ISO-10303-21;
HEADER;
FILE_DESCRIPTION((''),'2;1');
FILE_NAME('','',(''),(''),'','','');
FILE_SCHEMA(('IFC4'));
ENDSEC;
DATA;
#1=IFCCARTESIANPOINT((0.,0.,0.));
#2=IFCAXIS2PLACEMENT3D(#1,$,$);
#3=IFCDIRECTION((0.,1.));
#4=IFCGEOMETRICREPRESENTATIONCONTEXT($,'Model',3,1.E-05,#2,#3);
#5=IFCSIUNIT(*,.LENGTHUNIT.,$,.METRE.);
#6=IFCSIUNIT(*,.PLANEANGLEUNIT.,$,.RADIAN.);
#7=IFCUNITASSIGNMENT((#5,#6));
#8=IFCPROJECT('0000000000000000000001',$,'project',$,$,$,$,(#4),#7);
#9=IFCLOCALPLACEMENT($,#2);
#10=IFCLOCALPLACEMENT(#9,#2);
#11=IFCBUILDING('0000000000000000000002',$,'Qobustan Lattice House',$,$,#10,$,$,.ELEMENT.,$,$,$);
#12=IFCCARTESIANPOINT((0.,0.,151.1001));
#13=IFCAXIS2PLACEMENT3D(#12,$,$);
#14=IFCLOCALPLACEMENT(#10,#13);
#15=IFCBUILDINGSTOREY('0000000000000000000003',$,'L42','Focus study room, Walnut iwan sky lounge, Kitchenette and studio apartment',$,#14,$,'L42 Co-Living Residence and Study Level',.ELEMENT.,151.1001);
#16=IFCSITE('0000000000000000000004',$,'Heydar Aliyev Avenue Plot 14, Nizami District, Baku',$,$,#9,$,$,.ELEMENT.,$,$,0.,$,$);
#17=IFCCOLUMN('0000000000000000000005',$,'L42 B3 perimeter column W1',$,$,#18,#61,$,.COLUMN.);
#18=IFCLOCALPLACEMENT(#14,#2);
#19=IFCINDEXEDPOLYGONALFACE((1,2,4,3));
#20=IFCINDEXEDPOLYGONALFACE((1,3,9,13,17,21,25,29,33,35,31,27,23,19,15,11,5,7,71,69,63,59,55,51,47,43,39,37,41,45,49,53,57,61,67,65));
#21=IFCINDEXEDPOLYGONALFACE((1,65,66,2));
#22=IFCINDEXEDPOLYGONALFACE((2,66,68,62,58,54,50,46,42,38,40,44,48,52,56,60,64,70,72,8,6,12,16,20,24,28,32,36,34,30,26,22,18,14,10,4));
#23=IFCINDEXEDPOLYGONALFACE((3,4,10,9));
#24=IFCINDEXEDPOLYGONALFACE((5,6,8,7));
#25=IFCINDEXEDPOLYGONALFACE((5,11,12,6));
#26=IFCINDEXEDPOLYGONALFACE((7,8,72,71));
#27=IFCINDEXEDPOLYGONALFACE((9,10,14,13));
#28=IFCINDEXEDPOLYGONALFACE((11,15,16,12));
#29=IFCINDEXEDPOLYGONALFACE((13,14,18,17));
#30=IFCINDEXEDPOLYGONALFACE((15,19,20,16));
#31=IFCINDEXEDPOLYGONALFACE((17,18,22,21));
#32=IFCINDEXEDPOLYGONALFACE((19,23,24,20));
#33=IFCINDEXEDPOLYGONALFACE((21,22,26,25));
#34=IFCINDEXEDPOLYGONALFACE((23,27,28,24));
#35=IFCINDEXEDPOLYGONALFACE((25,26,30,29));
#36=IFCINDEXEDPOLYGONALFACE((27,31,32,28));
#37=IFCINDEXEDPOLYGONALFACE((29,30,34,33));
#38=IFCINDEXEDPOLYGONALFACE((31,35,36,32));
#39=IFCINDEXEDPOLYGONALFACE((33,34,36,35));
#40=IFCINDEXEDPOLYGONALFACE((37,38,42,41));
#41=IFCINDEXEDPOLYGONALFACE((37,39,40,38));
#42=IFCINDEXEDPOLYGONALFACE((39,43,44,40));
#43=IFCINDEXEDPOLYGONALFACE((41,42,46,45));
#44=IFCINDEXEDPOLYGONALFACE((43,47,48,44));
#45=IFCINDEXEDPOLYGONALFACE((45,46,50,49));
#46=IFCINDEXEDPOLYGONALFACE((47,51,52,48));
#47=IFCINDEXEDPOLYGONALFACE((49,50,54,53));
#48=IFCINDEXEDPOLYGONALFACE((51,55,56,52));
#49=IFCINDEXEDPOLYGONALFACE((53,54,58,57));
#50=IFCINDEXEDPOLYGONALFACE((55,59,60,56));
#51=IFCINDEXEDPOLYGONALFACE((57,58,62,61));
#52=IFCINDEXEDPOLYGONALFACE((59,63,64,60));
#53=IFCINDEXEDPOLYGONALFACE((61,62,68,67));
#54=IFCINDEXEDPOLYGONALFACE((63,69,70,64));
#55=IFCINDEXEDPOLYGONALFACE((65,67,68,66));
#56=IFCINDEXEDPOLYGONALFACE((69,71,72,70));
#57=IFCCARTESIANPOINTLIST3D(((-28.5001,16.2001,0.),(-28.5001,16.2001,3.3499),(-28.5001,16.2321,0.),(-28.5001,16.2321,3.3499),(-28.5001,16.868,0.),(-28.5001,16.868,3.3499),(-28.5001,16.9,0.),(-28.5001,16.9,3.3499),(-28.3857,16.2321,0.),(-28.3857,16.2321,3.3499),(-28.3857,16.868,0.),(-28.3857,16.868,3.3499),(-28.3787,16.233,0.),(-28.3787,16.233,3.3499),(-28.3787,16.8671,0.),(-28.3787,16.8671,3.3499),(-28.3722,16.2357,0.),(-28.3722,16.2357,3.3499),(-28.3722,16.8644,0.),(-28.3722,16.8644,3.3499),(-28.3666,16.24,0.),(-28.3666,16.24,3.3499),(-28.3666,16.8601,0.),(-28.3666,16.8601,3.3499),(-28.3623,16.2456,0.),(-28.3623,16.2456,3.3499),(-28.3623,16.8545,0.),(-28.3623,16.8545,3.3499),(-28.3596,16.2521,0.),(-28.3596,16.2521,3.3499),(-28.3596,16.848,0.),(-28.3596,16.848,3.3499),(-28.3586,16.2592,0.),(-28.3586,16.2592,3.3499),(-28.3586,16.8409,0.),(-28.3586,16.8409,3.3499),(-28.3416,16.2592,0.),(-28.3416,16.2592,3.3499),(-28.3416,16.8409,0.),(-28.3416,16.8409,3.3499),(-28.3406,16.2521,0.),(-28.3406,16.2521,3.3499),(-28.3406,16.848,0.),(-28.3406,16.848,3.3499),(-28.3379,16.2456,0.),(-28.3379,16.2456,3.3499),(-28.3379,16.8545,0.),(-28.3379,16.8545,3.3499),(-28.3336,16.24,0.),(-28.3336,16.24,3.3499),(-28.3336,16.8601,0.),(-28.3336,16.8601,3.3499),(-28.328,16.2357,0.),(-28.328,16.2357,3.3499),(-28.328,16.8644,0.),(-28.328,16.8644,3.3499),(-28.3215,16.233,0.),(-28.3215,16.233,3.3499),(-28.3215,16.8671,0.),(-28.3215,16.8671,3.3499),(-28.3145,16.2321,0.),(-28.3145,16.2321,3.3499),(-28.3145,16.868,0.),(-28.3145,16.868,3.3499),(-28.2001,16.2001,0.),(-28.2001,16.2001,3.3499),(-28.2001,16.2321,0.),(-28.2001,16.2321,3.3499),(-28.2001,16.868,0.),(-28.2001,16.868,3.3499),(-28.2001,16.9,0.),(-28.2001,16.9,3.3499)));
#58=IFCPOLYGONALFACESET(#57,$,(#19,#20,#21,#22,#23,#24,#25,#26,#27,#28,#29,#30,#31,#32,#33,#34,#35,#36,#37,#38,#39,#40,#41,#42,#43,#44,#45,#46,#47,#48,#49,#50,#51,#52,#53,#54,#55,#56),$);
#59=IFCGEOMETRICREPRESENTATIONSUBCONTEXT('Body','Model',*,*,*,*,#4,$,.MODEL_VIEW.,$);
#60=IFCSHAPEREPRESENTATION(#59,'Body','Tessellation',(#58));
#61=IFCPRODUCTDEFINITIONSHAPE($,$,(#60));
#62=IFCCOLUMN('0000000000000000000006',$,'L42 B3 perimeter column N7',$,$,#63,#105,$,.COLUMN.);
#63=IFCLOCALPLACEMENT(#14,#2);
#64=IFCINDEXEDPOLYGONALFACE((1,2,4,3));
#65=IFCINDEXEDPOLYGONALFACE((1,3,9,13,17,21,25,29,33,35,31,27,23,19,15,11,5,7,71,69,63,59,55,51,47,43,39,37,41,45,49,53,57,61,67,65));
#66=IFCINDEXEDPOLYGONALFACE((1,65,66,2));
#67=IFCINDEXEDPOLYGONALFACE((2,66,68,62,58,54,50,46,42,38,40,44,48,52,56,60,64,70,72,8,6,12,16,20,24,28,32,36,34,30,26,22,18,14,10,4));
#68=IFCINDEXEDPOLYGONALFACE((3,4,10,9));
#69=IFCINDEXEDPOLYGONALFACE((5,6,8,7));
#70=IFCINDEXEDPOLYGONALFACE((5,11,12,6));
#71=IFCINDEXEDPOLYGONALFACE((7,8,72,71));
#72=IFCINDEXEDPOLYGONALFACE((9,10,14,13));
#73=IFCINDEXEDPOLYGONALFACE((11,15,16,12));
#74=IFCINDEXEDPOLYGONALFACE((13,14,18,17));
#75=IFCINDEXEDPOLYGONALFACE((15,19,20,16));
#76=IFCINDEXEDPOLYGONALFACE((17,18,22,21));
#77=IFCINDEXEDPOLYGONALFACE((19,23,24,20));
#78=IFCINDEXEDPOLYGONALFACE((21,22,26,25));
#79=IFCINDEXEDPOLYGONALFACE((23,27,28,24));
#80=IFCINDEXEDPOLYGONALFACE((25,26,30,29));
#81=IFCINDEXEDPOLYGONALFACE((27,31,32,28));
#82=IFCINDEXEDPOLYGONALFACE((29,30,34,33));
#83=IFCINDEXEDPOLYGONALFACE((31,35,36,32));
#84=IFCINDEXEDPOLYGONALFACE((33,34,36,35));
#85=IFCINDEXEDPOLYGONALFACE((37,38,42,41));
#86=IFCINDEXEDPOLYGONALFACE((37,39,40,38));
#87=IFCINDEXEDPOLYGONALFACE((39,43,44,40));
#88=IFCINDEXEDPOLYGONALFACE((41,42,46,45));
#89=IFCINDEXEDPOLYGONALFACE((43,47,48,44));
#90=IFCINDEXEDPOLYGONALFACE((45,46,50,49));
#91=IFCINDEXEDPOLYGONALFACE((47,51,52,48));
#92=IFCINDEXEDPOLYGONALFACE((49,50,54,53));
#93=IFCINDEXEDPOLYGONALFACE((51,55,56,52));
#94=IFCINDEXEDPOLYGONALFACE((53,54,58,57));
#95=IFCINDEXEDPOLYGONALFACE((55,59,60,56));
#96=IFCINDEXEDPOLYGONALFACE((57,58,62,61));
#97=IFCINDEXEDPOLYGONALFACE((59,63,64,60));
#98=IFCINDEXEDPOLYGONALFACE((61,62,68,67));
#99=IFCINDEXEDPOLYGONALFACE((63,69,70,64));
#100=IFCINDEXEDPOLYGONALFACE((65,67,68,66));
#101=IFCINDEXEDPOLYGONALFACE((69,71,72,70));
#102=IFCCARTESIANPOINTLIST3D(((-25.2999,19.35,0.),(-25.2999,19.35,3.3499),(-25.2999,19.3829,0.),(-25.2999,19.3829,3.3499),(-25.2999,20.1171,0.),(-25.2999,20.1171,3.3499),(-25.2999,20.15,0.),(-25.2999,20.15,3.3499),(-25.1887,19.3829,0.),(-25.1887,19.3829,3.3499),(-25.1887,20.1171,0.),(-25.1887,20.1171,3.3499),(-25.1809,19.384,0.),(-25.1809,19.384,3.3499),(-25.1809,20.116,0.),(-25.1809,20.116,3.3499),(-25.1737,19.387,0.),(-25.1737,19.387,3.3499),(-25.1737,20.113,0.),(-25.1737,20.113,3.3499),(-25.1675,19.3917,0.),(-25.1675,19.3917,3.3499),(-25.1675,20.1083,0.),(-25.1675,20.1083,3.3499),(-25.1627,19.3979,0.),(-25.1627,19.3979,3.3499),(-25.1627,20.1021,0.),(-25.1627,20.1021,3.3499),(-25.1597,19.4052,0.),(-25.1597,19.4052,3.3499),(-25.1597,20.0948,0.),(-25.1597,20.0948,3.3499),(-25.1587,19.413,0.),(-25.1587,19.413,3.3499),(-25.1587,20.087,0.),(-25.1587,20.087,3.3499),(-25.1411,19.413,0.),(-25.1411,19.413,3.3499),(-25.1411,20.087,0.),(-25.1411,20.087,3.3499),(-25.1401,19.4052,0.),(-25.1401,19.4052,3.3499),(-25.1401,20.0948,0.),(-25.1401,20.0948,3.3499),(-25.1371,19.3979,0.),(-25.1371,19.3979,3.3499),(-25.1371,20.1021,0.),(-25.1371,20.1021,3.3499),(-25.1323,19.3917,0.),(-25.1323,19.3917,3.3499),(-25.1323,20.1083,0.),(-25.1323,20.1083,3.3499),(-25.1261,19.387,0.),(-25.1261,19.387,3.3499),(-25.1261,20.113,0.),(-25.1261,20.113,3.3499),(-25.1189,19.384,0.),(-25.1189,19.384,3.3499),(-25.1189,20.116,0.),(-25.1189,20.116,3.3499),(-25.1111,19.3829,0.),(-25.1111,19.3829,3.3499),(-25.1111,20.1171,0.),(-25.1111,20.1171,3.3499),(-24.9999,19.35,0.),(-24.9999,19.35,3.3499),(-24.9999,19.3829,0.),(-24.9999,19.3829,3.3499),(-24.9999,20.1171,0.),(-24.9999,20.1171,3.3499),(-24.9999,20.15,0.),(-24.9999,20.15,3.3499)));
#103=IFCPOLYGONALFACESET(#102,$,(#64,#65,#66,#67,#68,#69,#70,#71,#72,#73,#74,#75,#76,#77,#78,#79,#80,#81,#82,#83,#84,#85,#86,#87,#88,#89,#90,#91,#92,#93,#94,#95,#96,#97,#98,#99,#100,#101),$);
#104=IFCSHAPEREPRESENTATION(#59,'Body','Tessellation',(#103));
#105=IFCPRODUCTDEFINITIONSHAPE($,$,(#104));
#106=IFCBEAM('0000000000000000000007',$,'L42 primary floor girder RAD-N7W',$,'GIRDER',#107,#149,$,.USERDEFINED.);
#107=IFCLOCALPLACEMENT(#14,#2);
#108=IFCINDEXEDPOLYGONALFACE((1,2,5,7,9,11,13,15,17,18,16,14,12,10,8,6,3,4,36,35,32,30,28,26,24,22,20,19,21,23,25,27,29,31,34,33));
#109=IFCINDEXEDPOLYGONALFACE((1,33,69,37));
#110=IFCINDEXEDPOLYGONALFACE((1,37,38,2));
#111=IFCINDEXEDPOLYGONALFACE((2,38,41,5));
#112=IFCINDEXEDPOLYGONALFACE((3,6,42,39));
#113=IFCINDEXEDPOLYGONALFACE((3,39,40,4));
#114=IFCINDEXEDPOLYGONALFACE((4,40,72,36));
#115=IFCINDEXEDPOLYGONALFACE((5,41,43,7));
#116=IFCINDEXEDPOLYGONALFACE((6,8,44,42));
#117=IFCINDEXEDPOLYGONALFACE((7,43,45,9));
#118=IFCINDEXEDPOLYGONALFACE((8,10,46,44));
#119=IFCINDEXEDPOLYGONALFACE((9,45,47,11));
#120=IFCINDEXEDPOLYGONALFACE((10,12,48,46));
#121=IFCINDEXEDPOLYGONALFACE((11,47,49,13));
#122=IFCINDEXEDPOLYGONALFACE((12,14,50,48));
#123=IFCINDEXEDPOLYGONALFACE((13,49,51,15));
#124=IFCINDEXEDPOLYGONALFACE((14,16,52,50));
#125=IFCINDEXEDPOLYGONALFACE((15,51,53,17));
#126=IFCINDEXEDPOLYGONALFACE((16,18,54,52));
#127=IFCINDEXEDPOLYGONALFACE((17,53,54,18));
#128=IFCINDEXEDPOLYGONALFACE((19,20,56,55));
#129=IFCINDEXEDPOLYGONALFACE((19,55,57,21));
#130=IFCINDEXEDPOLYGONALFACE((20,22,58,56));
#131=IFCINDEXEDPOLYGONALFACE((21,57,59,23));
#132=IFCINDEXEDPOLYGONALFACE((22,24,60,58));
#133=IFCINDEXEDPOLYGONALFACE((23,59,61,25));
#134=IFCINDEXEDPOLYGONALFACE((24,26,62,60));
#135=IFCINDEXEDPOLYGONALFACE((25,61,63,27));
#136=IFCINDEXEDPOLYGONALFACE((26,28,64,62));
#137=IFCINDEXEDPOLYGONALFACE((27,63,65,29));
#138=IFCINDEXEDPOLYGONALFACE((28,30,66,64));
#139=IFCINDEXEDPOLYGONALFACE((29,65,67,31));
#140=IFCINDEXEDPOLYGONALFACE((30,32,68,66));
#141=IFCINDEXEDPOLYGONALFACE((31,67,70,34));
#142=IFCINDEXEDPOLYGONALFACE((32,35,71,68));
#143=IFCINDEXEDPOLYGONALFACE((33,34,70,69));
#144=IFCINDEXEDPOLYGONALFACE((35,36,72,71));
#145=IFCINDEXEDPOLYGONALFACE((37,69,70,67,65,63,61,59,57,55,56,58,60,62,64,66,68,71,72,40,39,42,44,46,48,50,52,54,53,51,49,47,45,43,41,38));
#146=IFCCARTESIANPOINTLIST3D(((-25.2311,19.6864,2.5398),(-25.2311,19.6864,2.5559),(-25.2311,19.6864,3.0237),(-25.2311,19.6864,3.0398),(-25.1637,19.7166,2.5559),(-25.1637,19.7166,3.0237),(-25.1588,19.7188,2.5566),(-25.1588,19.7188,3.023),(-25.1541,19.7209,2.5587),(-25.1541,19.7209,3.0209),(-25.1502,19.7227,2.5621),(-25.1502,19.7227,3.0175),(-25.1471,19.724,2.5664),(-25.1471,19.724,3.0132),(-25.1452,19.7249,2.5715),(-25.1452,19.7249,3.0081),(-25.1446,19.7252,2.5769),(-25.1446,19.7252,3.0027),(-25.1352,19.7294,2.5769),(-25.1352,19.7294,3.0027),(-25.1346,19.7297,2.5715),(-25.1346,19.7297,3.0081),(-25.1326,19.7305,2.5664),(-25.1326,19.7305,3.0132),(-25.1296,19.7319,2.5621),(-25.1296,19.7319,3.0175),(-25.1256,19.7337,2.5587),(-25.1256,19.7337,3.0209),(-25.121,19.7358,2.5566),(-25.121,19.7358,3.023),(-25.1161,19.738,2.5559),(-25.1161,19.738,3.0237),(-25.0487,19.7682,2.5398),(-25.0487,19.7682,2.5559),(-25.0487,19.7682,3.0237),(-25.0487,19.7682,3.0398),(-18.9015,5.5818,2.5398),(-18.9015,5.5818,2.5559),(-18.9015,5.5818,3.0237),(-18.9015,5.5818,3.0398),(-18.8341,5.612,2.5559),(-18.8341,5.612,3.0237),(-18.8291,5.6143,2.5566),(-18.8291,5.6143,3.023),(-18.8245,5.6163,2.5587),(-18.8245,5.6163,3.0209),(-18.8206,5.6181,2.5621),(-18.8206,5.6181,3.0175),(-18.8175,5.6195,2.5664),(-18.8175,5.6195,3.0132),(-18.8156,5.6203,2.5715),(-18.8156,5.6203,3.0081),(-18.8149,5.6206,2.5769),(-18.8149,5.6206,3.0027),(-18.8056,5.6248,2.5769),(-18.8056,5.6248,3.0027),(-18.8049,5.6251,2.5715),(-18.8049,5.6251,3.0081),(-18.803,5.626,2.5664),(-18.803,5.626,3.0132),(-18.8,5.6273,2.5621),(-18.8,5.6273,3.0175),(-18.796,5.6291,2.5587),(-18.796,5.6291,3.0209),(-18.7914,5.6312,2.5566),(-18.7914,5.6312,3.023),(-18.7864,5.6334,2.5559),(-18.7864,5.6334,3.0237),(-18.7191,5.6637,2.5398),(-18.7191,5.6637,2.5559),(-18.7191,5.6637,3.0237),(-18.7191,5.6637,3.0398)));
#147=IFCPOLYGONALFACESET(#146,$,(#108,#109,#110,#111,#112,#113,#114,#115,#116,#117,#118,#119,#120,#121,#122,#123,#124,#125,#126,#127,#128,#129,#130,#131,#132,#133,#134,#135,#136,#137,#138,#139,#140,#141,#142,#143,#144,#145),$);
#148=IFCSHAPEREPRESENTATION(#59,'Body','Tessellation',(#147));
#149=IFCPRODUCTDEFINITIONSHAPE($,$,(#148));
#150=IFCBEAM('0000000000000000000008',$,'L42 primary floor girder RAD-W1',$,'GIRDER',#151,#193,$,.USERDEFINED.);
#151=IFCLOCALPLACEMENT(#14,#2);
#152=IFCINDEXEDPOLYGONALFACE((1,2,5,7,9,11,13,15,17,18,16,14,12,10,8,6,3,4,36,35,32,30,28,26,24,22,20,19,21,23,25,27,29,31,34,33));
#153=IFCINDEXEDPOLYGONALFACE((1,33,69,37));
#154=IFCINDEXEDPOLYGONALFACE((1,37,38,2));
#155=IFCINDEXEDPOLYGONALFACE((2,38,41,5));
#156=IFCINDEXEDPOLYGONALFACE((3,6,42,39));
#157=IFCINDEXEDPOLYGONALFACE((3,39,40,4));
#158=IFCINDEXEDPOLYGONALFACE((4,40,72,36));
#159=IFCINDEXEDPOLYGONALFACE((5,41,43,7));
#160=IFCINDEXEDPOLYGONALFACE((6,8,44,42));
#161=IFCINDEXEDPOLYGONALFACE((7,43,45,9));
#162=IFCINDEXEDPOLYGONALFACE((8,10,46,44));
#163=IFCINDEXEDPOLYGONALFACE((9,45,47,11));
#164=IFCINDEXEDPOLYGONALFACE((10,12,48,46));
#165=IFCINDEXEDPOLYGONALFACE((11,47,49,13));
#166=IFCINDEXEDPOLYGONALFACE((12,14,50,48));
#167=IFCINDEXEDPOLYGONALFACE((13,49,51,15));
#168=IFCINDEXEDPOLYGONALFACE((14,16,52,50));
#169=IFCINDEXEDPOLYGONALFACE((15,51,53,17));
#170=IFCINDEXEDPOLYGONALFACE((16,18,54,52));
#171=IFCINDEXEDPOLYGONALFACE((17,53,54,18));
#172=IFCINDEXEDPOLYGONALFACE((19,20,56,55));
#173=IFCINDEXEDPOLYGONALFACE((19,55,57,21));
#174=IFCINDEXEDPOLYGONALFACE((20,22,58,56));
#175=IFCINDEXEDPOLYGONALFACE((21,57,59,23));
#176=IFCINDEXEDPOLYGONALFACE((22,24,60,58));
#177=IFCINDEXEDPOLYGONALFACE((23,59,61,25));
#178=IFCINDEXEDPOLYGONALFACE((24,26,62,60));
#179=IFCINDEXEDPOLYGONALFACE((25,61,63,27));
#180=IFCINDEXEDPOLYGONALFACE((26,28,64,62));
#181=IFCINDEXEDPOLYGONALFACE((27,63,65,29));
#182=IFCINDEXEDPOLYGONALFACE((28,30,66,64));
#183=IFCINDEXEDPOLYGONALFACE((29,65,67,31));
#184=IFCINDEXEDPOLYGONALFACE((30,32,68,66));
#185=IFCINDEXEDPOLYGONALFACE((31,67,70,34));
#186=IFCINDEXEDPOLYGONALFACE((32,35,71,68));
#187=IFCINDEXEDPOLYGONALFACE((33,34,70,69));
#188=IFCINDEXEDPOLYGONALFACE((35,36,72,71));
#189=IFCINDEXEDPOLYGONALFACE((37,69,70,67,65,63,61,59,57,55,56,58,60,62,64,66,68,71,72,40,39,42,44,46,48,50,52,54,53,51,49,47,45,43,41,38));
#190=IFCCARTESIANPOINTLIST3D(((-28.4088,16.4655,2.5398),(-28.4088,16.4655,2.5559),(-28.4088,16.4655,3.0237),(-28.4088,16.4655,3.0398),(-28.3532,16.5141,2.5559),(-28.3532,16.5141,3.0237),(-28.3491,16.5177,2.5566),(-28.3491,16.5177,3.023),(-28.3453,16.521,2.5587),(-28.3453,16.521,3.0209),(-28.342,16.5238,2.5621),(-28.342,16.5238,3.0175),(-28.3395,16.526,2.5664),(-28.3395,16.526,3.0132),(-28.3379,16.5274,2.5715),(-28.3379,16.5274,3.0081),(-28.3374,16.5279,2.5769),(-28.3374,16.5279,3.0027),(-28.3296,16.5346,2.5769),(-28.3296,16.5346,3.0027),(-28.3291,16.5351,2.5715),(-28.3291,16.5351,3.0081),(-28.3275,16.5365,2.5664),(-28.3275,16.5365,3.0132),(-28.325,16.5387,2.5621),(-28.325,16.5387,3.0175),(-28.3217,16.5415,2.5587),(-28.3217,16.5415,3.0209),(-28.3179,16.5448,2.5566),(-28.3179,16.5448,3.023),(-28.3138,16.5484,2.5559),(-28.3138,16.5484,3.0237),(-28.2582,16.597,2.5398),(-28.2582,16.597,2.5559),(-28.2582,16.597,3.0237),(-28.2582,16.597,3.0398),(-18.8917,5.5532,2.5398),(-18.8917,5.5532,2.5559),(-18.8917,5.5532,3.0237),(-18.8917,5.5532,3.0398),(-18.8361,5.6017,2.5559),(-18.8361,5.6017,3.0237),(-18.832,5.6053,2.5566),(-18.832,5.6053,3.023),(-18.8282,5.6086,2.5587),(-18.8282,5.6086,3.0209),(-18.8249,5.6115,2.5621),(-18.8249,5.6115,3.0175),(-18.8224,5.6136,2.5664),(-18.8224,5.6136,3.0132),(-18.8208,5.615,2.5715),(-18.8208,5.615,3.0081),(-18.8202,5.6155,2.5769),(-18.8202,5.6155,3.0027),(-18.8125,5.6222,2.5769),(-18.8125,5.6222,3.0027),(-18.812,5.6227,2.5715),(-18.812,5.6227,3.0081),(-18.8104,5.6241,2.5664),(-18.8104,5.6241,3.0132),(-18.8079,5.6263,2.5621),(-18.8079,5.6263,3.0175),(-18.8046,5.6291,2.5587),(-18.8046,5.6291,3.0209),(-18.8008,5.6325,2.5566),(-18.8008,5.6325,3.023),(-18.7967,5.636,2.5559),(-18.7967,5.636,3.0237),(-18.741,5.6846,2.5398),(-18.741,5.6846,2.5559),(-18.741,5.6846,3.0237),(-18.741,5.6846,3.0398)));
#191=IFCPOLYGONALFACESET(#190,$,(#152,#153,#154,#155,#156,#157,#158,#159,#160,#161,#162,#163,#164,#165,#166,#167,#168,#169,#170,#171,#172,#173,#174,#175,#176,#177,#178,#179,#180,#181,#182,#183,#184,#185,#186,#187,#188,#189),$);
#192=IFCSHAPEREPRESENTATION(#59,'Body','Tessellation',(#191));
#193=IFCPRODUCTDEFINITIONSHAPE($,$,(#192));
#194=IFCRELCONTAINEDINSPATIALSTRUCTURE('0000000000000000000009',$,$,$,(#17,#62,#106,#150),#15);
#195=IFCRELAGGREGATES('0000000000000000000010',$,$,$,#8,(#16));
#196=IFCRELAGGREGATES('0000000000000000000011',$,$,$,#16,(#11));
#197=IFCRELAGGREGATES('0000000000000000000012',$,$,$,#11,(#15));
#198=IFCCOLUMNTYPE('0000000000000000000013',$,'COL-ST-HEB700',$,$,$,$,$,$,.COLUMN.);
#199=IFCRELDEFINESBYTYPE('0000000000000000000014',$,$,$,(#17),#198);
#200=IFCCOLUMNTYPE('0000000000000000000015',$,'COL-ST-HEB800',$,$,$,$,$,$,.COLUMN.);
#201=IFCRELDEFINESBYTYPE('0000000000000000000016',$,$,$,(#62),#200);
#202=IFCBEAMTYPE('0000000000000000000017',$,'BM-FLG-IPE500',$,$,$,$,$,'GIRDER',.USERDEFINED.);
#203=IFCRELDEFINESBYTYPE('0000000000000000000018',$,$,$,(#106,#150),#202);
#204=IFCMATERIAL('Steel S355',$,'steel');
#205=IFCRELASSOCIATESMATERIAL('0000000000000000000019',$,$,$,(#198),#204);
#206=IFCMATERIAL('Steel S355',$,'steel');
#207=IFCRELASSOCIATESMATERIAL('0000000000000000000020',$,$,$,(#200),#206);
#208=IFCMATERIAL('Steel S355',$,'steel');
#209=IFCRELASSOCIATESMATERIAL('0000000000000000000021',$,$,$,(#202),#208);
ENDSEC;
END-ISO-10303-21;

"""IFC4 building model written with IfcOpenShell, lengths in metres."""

from ifc_helpers import new_model, si_unit, direction, frame, origin, origin_2d, place, context, subcontext, project, spatial, i_section, extrude, material, material_profile, profile_set, type_object, element, save


model = new_model("IFC4")

# Units and contexts
model_context = context("Model", 3, precision=1e-05, world=origin(), true_north=direction((0.0, 1.0)))
body_context = subcontext(model_context, "Body", "Model", "MODEL_VIEW")
ifc_project = project(units=[si_unit("LENGTHUNIT", "METRE"), si_unit("PLANEANGLEUNIT", "RADIAN")], contexts=[model_context])

# Site, building, storey
site_placement = place(None, origin())
site = spatial("IfcSite", under=ifc_project, at=site_placement, Name="Heydar Aliyev Avenue Plot 14, Nizami District, Baku", CompositionType="ELEMENT", RefElevation=0.0)
building_placement = place(site_placement, origin())
building = spatial("IfcBuilding", under=site, at=building_placement, Name="Qobustan Lattice House", CompositionType="ELEMENT")
storey_placement = place(building_placement, frame((0.0, 0.0, 151.1001)))
storey = spatial("IfcBuildingStorey", under=building, at=storey_placement, Name="L42", Description="Focus study room, Walnut iwan sky lounge, Kitchenette and studio apartment", LongName="L42 Co-Living Residence and Study Level", CompositionType="ELEMENT", Elevation=151.1001)

# Columns
ifc_material_1 = material(Name="Steel S355", Category="steel")
ifc_material_profile_1 = material_profile(ifc_material_1, i_section(OverallWidth=0.3, OverallDepth=0.7, WebThickness=0.0171, FlangeThickness=0.032, FilletRadius=0.0271, at=origin_2d()), Name="HEB700")
ifc_profile_set_1 = profile_set([ifc_material_profile_1], Name="Steel S355")
column_type_1 = type_object("IfcColumnType", Name="COL-ST-HEB700", PredefinedType="COLUMN", material=ifc_profile_set_1)
column_1_placement = place(storey_placement, frame((-28.3501, 16.55, 0.0), z_axis=(0.0, 0.0, 1.0), x_axis=(1.0, 0.0, 0.0)))
element("IfcColumn", 1, at=column_1_placement, inside=storey, type_object=column_type_1, Name="L42 B3 perimeter column W1", PredefinedType="COLUMN", context=body_context, shape_type="SweptSolid", body=[
    extrude(i_section(OverallWidth=0.3, OverallDepth=0.7, WebThickness=0.0171, FlangeThickness=0.032, FilletRadius=0.0271, at=origin_2d()), origin(), (0.0, 0.0, 1.0), 3.3499),
])
ifc_material_2 = material(Name="Steel S355", Category="steel")
ifc_material_profile_2 = material_profile(ifc_material_2, i_section(OverallWidth=0.3, OverallDepth=0.8, WebThickness=0.0176, FlangeThickness=0.033, FilletRadius=0.03, at=origin_2d()), Name="HEB800")
ifc_profile_set_2 = profile_set([ifc_material_profile_2], Name="Steel S355")
column_type_2 = type_object("IfcColumnType", Name="COL-ST-HEB800", PredefinedType="COLUMN", material=ifc_profile_set_2)
column_2_placement = place(storey_placement, frame((-25.1499, 19.75, 0.0), z_axis=(0.0, 0.0, 1.0), x_axis=(1.0, 0.0, 0.0)))
element("IfcColumn", 2, at=column_2_placement, inside=storey, type_object=column_type_2, Name="L42 B3 perimeter column N7", PredefinedType="COLUMN", context=body_context, shape_type="SweptSolid", body=[
    extrude(i_section(OverallWidth=0.3, OverallDepth=0.8, WebThickness=0.0176, FlangeThickness=0.033, FilletRadius=0.03, at=origin_2d()), origin(), (0.0, 0.0, 1.0), 3.3499),
])

# Beams
ifc_material_3 = material(Name="Steel S355", Category="steel")
ifc_material_profile_3 = material_profile(ifc_material_3, i_section(OverallWidth=0.2, OverallDepth=0.5, WebThickness=0.0103, FlangeThickness=0.0161, FilletRadius=0.021, at=origin_2d()), Name="IPE500")
ifc_profile_set_3 = profile_set([ifc_material_profile_3], Name="Steel S355")
beam_type_1 = type_object("IfcBeamType", Name="BM-FLG-IPE500", ElementType="GIRDER", PredefinedType="USERDEFINED", material=ifc_profile_set_3)
beam_1_placement = place(storey_placement, frame((-25.1399, 19.7273, 2.7898), z_axis=(0.409427, -0.912343, 0.0), x_axis=(0.912343, 0.409427, 0.0)))
element("IfcBeam", 3, at=beam_1_placement, inside=storey, type_object=beam_type_1, Name="L42 primary floor girder RAD-N7W", ObjectType="GIRDER", PredefinedType="USERDEFINED", context=body_context, shape_type="SweptSolid", body=[
    extrude(i_section(OverallWidth=0.2, OverallDepth=0.5, WebThickness=0.0103, FlangeThickness=0.0161, FilletRadius=0.021, at=origin_2d()), origin(), (0.0, 0.0, 1.0), 15.4597),
])
beam_2_placement = place(storey_placement, frame((-28.3335, 16.5312, 2.7898), z_axis=(0.657283, -0.753644, 0.0), x_axis=(0.753644, 0.657283, 0.0)))
element("IfcBeam", 4, at=beam_2_placement, inside=storey, type_object=beam_type_1, Name="L42 primary floor girder RAD-W1", ObjectType="GIRDER", PredefinedType="USERDEFINED", context=body_context, shape_type="SweptSolid", body=[
    extrude(i_section(OverallWidth=0.2, OverallDepth=0.5, WebThickness=0.0103, FlangeThickness=0.0161, FilletRadius=0.021, at=origin_2d()), origin(), (0.0, 0.0, 1.0), 14.4795),
])

save(model, "model.ifc")
